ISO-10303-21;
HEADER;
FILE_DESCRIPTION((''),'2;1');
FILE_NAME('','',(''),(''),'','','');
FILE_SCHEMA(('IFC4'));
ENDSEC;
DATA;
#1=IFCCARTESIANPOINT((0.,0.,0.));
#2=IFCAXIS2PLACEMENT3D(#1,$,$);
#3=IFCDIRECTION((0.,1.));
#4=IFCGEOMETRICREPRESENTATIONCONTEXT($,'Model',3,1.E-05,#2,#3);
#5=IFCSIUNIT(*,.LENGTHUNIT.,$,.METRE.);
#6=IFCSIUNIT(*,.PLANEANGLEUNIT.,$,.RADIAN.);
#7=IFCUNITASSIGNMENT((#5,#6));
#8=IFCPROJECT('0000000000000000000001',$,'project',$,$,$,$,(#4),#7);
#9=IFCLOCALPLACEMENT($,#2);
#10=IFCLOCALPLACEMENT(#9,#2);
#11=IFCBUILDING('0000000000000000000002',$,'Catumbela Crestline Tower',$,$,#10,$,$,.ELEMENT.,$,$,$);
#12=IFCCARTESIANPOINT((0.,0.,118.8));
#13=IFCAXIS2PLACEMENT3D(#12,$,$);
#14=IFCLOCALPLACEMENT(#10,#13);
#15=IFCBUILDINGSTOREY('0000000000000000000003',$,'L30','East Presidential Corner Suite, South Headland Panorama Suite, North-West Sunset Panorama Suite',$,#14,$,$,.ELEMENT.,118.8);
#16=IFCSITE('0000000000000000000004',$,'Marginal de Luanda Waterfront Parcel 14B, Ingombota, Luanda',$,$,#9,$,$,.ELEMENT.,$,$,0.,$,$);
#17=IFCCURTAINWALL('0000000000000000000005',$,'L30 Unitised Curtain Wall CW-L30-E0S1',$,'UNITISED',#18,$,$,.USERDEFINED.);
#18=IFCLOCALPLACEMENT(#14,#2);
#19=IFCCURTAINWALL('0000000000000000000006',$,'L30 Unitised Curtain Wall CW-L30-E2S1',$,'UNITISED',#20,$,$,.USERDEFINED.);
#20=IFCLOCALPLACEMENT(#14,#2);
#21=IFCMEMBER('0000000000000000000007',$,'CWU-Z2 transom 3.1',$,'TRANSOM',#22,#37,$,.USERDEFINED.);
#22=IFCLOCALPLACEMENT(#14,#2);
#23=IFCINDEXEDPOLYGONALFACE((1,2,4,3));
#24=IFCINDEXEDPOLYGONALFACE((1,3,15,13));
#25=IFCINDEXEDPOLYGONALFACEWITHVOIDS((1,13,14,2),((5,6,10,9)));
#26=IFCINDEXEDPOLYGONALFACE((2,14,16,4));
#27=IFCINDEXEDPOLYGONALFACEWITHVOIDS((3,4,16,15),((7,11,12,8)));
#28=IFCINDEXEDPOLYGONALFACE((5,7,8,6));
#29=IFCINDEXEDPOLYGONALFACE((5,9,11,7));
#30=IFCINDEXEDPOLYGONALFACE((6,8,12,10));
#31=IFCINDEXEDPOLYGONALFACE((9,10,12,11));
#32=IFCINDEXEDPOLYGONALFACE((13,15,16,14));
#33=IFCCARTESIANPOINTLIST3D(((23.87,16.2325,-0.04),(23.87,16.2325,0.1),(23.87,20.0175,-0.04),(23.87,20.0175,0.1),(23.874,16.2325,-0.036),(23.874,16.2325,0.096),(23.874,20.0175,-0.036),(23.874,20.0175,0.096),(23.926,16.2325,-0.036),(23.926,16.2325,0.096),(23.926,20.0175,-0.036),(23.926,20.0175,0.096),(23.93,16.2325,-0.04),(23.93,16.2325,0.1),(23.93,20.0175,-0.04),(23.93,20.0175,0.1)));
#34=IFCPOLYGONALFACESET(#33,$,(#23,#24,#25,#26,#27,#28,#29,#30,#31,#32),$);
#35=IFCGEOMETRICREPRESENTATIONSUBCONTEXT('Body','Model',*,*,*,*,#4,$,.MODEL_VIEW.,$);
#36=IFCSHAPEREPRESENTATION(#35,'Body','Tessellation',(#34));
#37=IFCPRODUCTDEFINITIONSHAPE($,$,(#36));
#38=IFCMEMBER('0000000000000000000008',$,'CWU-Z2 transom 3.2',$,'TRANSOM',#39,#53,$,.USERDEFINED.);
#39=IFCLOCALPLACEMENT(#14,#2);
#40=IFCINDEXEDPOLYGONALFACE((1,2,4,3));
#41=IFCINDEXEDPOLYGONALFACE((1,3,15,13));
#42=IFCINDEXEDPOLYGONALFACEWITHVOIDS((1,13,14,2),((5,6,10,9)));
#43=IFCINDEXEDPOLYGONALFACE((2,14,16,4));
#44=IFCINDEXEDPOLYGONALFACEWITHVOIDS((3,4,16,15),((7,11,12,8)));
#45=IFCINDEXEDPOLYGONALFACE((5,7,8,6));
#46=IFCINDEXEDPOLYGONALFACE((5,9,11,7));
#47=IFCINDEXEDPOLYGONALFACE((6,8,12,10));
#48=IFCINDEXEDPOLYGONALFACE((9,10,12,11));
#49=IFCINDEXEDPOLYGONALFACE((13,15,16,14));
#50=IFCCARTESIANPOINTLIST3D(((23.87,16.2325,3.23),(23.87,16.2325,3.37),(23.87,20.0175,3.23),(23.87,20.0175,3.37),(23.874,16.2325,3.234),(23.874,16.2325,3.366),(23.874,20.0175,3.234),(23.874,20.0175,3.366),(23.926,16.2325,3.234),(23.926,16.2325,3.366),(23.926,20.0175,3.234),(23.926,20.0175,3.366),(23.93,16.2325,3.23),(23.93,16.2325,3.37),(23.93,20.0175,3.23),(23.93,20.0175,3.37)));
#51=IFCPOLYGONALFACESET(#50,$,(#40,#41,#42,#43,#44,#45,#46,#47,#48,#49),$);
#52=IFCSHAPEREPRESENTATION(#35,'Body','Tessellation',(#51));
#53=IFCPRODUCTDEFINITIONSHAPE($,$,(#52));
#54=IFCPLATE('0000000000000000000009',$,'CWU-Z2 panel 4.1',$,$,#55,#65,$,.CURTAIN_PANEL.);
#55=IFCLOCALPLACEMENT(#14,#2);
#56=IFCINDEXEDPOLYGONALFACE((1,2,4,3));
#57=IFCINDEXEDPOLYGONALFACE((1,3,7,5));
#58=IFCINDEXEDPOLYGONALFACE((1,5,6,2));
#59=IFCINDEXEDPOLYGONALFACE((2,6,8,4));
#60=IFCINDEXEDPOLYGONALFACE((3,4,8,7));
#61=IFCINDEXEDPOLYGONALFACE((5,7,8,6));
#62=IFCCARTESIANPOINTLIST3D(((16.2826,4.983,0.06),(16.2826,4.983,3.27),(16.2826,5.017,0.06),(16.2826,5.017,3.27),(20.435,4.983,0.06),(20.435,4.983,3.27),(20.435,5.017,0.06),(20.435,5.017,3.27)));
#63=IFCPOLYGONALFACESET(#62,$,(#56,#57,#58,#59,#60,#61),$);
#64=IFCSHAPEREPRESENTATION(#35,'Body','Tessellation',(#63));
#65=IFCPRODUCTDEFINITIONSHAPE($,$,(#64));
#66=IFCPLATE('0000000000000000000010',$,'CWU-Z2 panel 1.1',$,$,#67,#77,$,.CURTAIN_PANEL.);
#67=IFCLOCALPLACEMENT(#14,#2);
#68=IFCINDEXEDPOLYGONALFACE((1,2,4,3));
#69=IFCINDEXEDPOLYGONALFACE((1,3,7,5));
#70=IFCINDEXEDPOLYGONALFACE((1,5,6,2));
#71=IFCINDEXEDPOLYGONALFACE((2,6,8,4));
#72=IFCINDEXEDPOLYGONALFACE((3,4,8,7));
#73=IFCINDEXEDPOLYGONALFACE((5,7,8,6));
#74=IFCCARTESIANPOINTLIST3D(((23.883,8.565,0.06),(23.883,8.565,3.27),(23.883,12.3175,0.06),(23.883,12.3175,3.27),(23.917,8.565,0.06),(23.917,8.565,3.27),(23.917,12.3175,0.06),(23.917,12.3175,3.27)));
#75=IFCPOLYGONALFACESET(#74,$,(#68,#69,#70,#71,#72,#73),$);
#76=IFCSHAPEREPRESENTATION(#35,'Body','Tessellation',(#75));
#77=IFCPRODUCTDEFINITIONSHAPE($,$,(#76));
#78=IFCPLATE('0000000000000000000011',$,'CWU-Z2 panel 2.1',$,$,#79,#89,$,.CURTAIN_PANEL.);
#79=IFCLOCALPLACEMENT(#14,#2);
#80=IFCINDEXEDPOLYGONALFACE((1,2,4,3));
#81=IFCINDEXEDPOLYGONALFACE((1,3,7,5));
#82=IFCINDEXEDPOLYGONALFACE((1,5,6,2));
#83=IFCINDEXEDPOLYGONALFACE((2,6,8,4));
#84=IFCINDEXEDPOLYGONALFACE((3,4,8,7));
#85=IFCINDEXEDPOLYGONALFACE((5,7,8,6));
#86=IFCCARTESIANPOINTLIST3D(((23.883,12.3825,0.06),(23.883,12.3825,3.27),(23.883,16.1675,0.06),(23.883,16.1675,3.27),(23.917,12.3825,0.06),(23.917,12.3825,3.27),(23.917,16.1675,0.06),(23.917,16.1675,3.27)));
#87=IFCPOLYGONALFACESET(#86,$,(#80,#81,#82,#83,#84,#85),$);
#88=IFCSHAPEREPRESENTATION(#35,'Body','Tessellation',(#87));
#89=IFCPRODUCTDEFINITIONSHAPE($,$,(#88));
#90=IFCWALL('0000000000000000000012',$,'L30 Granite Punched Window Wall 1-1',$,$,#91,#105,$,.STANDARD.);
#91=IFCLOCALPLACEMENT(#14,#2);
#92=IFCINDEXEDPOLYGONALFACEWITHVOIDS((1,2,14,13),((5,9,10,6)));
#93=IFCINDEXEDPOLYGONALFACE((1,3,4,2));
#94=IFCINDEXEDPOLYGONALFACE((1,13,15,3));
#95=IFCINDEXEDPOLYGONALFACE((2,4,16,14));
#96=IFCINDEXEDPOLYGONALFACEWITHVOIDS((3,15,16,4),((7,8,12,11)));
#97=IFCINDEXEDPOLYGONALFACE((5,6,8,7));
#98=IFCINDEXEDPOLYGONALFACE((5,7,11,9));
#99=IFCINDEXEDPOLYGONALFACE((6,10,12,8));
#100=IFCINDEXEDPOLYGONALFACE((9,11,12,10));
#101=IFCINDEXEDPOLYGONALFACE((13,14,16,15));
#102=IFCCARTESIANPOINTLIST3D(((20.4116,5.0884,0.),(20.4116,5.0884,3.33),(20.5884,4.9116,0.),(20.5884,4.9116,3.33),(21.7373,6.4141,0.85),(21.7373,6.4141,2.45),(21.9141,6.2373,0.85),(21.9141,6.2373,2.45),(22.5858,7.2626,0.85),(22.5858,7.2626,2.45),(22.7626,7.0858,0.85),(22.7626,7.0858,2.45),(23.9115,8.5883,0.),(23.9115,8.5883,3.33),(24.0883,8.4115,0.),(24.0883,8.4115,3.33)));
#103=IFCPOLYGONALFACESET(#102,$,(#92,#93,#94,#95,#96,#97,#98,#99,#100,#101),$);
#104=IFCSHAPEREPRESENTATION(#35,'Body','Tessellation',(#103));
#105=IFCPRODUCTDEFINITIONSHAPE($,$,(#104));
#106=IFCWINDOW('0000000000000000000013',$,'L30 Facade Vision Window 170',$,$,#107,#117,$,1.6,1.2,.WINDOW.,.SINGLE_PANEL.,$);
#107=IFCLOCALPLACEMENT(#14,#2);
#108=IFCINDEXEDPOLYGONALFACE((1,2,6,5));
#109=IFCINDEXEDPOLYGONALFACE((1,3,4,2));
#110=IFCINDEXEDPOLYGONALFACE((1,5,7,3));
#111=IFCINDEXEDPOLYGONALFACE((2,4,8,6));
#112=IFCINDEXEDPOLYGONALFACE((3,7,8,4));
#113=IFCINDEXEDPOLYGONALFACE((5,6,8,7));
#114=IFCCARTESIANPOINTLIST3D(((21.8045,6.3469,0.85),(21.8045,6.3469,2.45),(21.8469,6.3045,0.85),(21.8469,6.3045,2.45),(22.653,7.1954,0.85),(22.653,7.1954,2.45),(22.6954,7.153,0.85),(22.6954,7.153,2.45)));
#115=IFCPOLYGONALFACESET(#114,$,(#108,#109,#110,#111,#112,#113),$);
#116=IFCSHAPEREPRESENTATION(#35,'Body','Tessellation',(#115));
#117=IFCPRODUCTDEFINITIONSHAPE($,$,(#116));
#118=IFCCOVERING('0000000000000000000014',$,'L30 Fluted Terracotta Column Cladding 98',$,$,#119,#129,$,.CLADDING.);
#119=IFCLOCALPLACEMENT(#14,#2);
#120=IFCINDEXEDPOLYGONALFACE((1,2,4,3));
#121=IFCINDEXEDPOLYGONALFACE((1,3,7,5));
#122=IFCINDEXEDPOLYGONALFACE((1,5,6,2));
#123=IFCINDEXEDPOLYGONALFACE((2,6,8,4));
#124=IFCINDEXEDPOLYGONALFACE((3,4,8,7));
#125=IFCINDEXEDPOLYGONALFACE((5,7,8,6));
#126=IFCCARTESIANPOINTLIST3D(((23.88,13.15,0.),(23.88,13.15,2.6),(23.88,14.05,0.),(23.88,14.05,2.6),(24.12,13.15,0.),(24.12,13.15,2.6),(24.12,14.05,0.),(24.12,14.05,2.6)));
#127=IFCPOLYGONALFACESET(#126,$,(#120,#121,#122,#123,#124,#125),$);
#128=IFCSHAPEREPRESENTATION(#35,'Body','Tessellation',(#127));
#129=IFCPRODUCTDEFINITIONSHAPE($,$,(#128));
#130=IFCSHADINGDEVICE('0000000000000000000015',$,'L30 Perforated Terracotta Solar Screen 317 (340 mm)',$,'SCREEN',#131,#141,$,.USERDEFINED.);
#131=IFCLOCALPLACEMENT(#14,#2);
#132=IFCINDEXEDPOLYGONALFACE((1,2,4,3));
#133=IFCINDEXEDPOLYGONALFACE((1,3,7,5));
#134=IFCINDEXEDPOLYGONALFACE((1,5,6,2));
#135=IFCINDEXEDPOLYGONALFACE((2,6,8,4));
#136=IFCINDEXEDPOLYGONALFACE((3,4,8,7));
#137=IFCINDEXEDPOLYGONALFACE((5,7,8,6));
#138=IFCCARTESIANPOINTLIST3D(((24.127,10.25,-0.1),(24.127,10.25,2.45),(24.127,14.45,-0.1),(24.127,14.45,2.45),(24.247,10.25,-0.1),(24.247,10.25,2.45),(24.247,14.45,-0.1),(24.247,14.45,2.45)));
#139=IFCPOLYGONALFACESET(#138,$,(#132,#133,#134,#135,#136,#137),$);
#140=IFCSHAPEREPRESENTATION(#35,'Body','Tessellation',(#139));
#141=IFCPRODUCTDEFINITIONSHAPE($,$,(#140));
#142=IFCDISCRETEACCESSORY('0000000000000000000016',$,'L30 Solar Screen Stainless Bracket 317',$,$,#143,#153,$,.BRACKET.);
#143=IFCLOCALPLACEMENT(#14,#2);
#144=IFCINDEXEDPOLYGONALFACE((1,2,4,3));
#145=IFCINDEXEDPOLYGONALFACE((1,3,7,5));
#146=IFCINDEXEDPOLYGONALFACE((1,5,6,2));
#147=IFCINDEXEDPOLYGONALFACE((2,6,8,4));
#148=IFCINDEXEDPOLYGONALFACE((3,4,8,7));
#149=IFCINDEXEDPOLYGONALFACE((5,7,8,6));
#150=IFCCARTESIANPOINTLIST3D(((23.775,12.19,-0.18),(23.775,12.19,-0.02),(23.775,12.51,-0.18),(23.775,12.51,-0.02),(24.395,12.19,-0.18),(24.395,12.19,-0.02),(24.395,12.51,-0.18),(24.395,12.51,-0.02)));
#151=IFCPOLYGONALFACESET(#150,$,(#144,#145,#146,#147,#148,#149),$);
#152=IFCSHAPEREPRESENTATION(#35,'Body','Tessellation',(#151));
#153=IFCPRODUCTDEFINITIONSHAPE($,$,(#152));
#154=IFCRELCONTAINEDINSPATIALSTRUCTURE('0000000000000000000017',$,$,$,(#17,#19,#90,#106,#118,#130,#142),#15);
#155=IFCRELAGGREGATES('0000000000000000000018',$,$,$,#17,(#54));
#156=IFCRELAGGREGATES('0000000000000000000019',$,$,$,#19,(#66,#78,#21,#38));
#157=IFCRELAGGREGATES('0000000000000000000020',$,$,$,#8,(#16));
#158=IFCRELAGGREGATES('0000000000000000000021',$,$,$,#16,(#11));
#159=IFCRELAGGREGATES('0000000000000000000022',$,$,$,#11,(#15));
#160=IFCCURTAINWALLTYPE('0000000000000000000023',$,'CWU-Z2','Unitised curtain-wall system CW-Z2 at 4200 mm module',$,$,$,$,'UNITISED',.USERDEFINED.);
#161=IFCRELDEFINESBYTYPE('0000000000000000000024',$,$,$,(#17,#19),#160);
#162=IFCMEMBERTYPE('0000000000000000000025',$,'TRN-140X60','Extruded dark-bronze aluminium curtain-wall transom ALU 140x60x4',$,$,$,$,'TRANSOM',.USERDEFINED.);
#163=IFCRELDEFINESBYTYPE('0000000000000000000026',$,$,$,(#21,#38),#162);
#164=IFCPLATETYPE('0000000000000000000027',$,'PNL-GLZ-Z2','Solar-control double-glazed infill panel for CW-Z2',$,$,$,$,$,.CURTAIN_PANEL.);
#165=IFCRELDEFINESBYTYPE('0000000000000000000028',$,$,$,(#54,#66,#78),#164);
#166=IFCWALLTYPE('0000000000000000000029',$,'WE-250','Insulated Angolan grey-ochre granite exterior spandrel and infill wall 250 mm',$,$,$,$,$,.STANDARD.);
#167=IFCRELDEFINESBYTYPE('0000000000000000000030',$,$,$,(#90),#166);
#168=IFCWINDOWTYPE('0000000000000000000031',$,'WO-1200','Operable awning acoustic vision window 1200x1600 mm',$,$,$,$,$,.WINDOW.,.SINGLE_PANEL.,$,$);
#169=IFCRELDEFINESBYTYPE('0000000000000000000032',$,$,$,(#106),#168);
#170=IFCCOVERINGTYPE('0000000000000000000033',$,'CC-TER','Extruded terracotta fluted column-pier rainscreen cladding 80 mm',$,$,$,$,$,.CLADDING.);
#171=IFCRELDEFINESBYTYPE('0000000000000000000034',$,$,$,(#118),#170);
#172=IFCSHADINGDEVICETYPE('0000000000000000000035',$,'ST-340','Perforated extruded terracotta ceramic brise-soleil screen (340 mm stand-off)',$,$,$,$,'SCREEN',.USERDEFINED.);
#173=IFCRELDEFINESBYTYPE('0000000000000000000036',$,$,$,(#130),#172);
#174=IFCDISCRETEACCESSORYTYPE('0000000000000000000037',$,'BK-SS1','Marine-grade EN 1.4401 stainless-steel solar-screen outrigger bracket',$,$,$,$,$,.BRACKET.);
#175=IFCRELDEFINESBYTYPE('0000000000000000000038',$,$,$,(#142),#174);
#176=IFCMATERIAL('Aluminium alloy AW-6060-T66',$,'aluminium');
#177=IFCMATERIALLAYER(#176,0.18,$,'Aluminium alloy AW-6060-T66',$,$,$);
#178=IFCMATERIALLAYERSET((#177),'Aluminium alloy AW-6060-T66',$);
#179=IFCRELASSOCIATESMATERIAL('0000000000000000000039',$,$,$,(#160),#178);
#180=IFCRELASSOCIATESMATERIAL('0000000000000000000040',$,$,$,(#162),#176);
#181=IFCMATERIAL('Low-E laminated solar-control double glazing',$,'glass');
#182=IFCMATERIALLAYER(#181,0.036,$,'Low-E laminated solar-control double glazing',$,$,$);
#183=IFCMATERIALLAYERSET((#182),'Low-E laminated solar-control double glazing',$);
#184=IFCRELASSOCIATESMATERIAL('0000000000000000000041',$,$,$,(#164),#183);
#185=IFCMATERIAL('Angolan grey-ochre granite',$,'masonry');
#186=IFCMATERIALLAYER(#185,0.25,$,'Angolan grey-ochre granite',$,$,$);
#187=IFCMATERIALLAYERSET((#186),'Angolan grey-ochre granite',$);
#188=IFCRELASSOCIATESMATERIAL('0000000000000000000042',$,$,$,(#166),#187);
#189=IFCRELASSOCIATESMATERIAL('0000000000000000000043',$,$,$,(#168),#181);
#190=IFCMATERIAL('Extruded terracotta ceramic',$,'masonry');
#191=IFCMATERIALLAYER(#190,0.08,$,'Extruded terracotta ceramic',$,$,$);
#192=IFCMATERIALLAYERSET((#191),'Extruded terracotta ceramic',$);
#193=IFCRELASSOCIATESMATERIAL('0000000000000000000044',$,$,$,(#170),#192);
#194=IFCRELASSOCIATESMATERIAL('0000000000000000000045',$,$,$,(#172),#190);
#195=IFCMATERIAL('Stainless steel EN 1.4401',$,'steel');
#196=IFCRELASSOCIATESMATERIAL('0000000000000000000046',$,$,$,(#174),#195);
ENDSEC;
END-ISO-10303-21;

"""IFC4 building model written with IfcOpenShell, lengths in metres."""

from ifc_helpers import new_model, si_unit, direction, frame, frame_2d, origin, origin_2d, place, context, subcontext, project, spatial, rectangle, hollow_rectangle, extrude, material, layer, layer_set, material_profile, profile_set, type_object, element, fill, aggregate, save


model = new_model("IFC4")

# Units and contexts
model_context = context("Model", 3, precision=1e-05, world=origin(), true_north=direction((0.0, 1.0)))
body_context = subcontext(model_context, "Body", "Model", "MODEL_VIEW")
ifc_project = project(units=[si_unit("LENGTHUNIT", "METRE"), si_unit("PLANEANGLEUNIT", "RADIAN")], contexts=[model_context])

# Site, building, storey
site_placement = place(None, origin())
site = spatial("IfcSite", under=ifc_project, at=site_placement, Name="Marginal de Luanda Waterfront Parcel 14B, Ingombota, Luanda", CompositionType="ELEMENT", RefElevation=0.0)
building_placement = place(site_placement, origin())
building = spatial("IfcBuilding", under=site, at=building_placement, Name="Catumbela Crestline Tower", CompositionType="ELEMENT")
storey_placement = place(building_placement, frame((0.0, 0.0, 118.8)))
storey = spatial("IfcBuildingStorey", under=building, at=storey_placement, Name="L30", Description="East Presidential Corner Suite, South Headland Panorama Suite, North-West Sunset Panorama Suite", CompositionType="ELEMENT", Elevation=118.8)

# Curtain wall
ifc_material_1 = material(Name="Aluminium alloy AW-6060-T66", Category="aluminium")
ifc_layer_1 = layer(ifc_material_1, 0.18, Name="Aluminium alloy AW-6060-T66")
ifc_layer_set_1 = layer_set([ifc_layer_1], Name="Aluminium alloy AW-6060-T66")
curtain_wall_type = type_object("IfcCurtainWallType", Name="CWU-Z2", Description="Unitised curtain-wall system CW-Z2 at 4200 mm module", ElementType="UNITISED", PredefinedType="USERDEFINED", material=ifc_layer_set_1)
curtain_wall_1_placement = place(storey_placement, origin())
curtain_wall_1 = element("IfcCurtainWall", 1, at=curtain_wall_1_placement, inside=storey, type_object=curtain_wall_type, Name="L30 Unitised Curtain Wall CW-L30-E0S1", ObjectType="UNITISED", PredefinedType="USERDEFINED")

# Curtain wall
curtain_wall_2_placement = place(storey_placement, origin())
curtain_wall_2 = element("IfcCurtainWall", 2, at=curtain_wall_2_placement, inside=storey, type_object=curtain_wall_type, Name="L30 Unitised Curtain Wall CW-L30-E2S1", ObjectType="UNITISED", PredefinedType="USERDEFINED")

# Members
ifc_material_profile_1 = material_profile(ifc_material_1, hollow_rectangle(XDim=0.06, YDim=0.14, WallThickness=0.004, at=origin_2d()), Name="ALU 140x60x4")
ifc_profile_set_1 = profile_set([ifc_material_profile_1], Name="Aluminium alloy AW-6060-T66")
member_type_1 = type_object("IfcMemberType", Name="TRN-140X60", Description="Extruded dark-bronze aluminium curtain-wall transom ALU 140x60x4", ElementType="TRANSOM", PredefinedType="USERDEFINED", material=ifc_profile_set_1)
member_1_placement = place(storey_placement, frame((23.9, 16.2325, 0.03), z_axis=(0.0, 1.0, 0.0), x_axis=(-1.0, 0.0, 0.0)))
member_1 = element("IfcMember", 3, at=member_1_placement, type_object=member_type_1, Name="CWU-Z2 transom 3.1", ObjectType="TRANSOM", PredefinedType="USERDEFINED", context=body_context, shape_type="SweptSolid", body=[
    extrude(hollow_rectangle(XDim=0.06, YDim=0.14, WallThickness=0.004, at=origin_2d()), origin(), (0.0, 0.0, 1.0), 3.785),
])
member_2_placement = place(storey_placement, frame((23.9, 16.2325, 3.3), z_axis=(0.0, 1.0, 0.0), x_axis=(-1.0, 0.0, 0.0)))
member_2 = element("IfcMember", 4, at=member_2_placement, type_object=member_type_1, Name="CWU-Z2 transom 3.2", ObjectType="TRANSOM", PredefinedType="USERDEFINED", context=body_context, shape_type="SweptSolid", body=[
    extrude(hollow_rectangle(XDim=0.06, YDim=0.14, WallThickness=0.004, at=origin_2d()), origin(), (0.0, 0.0, 1.0), 3.785),
])

# Plates
ifc_material_2 = material(Name="Low-E laminated solar-control double glazing", Category="glass")
ifc_layer_2 = layer(ifc_material_2, 0.036, Name="Low-E laminated solar-control double glazing")
ifc_layer_set_2 = layer_set([ifc_layer_2], Name="Low-E laminated solar-control double glazing")
plate_type = type_object("IfcPlateType", Name="PNL-GLZ-Z2", Description="Solar-control double-glazed infill panel for CW-Z2", PredefinedType="CURTAIN_PANEL", material=ifc_layer_set_2)
plate_1_placement = place(storey_placement, frame((18.3588, 5.0, 0.06), z_axis=(0.0, 0.0, 1.0), x_axis=(1.0, 0.0, 0.0)))
plate_1 = element("IfcPlate", 5, at=plate_1_placement, type_object=plate_type, Name="CWU-Z2 panel 4.1", PredefinedType="CURTAIN_PANEL", context=body_context, shape_type="SweptSolid", body=[
    extrude(rectangle(XDim=4.1525, YDim=0.034, at=origin_2d()), origin(), (0.0, 0.0, 1.0), 3.21),
])
aggregate(curtain_wall_1, [plate_1])
plate_2_placement = place(storey_placement, frame((23.9, 10.4412, 0.06), z_axis=(0.0, 0.0, 1.0), x_axis=(0.0, 1.0, 0.0)))
plate_2 = element("IfcPlate", 6, at=plate_2_placement, type_object=plate_type, Name="CWU-Z2 panel 1.1", PredefinedType="CURTAIN_PANEL", context=body_context, shape_type="SweptSolid", body=[
    extrude(rectangle(XDim=3.7525, YDim=0.034, at=origin_2d()), origin(), (0.0, 0.0, 1.0), 3.21),
])
plate_3_placement = place(storey_placement, frame((23.9, 14.275, 0.06), z_axis=(0.0, 0.0, 1.0), x_axis=(0.0, 1.0, 0.0)))
plate_3 = element("IfcPlate", 7, at=plate_3_placement, type_object=plate_type, Name="CWU-Z2 panel 2.1", PredefinedType="CURTAIN_PANEL", context=body_context, shape_type="SweptSolid", body=[
    extrude(rectangle(XDim=3.785, YDim=0.034, at=origin_2d()), origin(), (0.0, 0.0, 1.0), 3.21),
])
aggregate(curtain_wall_2, [plate_2, plate_3, member_1, member_2])

# Wall, opening, window
ifc_material_3 = material(Name="Angolan grey-ochre granite", Category="masonry")
ifc_layer_3 = layer(ifc_material_3, 0.25, Name="Angolan grey-ochre granite")
ifc_layer_set_3 = layer_set([ifc_layer_3], Name="Angolan grey-ochre granite")
wall_type = type_object("IfcWallType", Name="WE-250", Description="Insulated Angolan grey-ochre granite exterior spandrel and infill wall 250 mm", PredefinedType="STANDARD", material=ifc_layer_set_3)
wall_placement = place(storey_placement, frame((20.5, 5.0, 0.0), z_axis=(0.0, 0.0, 1.0), x_axis=(0.707107, 0.707107, 0.0)))
wall = element("IfcWall", 8, at=wall_placement, inside=storey, type_object=wall_type, Name="L30 Granite Punched Window Wall 1-1", PredefinedType="STANDARD", context=body_context, shape_type="SweptSolid", body=[
    extrude(rectangle(XDim=4.9497, YDim=0.25, at=frame_2d((2.4748, 0.0))), origin(), (0.0, 0.0, 1.0), 3.33),
])
opening_placement = place(wall_placement, frame((1.8748, 0.0, 0.85)))
opening = element("IfcOpeningElement", 9, at=opening_placement, cuts=wall, PredefinedType="OPENING", context=body_context, shape_type="SweptSolid", body=[
    extrude(rectangle(XDim=1.2, YDim=1.6, at=frame_2d((0.6, 0.8))), frame((0.0, 0.135, 0.0), z_axis=(0.0, -1.0, 0.0), x_axis=(1.0, 0.0, 0.0)), (0.0, 0.0, 1.0), 0.27),
])
window_type = type_object("IfcWindowType", Name="WO-1200", Description="Operable awning acoustic vision window 1200x1600 mm", PartitioningType="SINGLE_PANEL", PredefinedType="WINDOW", material=ifc_material_2)
window_placement = place(opening_placement, origin())
window = element("IfcWindow", 10, at=window_placement, inside=storey, type_object=window_type, Name="L30 Facade Vision Window 170", OverallHeight=1.6, OverallWidth=1.2, PartitioningType="SINGLE_PANEL", PredefinedType="WINDOW", context=body_context, shape_type="SweptSolid", body=[
    extrude(rectangle(XDim=1.2, YDim=1.6, at=frame_2d((0.6, 0.8))), frame((0.0, 0.03, 0.0), z_axis=(0.0, -1.0, 0.0), x_axis=(1.0, 0.0, 0.0)), (0.0, 0.0, 1.0), 0.06),
])
fill(opening, window)

# Covering
ifc_material_4 = material(Name="Extruded terracotta ceramic", Category="masonry")
ifc_layer_4 = layer(ifc_material_4, 0.08, Name="Extruded terracotta ceramic")
ifc_layer_set_4 = layer_set([ifc_layer_4], Name="Extruded terracotta ceramic")
covering_type = type_object("IfcCoveringType", Name="CC-TER", Description="Extruded terracotta fluted column-pier rainscreen cladding 80 mm", PredefinedType="CLADDING", material=ifc_layer_set_4)
covering_placement = place(storey_placement, frame((24.0, 13.6, 0.0), z_axis=(0.0, 0.0, 1.0), x_axis=(0.0, 1.0, 0.0)))
element("IfcCovering", 11, at=covering_placement, inside=storey, type_object=covering_type, Name="L30 Fluted Terracotta Column Cladding 98", PredefinedType="CLADDING", context=body_context, shape_type="SweptSolid", body=[
    extrude(rectangle(XDim=0.9, YDim=0.24, at=origin_2d()), origin(), (0.0, 0.0, 1.0), 2.6),
])

# Shading device
shading_device_type = type_object("IfcShadingDeviceType", Name="ST-340", Description="Perforated extruded terracotta ceramic brise-soleil screen (340 mm stand-off)", ElementType="SCREEN", PredefinedType="USERDEFINED", material=ifc_material_4)
shading_device_placement = place(storey_placement, frame((24.187, 12.35, -0.1), z_axis=(0.0, 0.0, 1.0), x_axis=(0.0, 1.0, 0.0)))
element("IfcShadingDevice", 12, at=shading_device_placement, inside=storey, type_object=shading_device_type, Name="L30 Perforated Terracotta Solar Screen 317 (340 mm)", ObjectType="SCREEN", PredefinedType="USERDEFINED", context=body_context, shape_type="SweptSolid", body=[
    extrude(rectangle(XDim=4.2, YDim=0.12, at=origin_2d()), origin(), (0.0, 0.0, 1.0), 2.55),
])

# Discrete accessory
ifc_material_5 = material(Name="Stainless steel EN 1.4401", Category="steel")
discrete_accessory_type = type_object("IfcDiscreteAccessoryType", Name="BK-SS1", Description="Marine-grade EN 1.4401 stainless-steel solar-screen outrigger bracket", PredefinedType="BRACKET", material=ifc_material_5)
discrete_accessory_placement = place(storey_placement, frame((24.085, 12.35, -0.18), z_axis=(0.0, 0.0, 1.0), x_axis=(0.0, 1.0, 0.0)))
element("IfcDiscreteAccessory", 13, at=discrete_accessory_placement, inside=storey, type_object=discrete_accessory_type, Name="L30 Solar Screen Stainless Bracket 317", PredefinedType="BRACKET", context=body_context, shape_type="SweptSolid", body=[
    extrude(rectangle(XDim=0.32, YDim=0.62, at=origin_2d()), origin(), (0.0, 0.0, 1.0), 0.16),
])

save(model, "model.ifc")
